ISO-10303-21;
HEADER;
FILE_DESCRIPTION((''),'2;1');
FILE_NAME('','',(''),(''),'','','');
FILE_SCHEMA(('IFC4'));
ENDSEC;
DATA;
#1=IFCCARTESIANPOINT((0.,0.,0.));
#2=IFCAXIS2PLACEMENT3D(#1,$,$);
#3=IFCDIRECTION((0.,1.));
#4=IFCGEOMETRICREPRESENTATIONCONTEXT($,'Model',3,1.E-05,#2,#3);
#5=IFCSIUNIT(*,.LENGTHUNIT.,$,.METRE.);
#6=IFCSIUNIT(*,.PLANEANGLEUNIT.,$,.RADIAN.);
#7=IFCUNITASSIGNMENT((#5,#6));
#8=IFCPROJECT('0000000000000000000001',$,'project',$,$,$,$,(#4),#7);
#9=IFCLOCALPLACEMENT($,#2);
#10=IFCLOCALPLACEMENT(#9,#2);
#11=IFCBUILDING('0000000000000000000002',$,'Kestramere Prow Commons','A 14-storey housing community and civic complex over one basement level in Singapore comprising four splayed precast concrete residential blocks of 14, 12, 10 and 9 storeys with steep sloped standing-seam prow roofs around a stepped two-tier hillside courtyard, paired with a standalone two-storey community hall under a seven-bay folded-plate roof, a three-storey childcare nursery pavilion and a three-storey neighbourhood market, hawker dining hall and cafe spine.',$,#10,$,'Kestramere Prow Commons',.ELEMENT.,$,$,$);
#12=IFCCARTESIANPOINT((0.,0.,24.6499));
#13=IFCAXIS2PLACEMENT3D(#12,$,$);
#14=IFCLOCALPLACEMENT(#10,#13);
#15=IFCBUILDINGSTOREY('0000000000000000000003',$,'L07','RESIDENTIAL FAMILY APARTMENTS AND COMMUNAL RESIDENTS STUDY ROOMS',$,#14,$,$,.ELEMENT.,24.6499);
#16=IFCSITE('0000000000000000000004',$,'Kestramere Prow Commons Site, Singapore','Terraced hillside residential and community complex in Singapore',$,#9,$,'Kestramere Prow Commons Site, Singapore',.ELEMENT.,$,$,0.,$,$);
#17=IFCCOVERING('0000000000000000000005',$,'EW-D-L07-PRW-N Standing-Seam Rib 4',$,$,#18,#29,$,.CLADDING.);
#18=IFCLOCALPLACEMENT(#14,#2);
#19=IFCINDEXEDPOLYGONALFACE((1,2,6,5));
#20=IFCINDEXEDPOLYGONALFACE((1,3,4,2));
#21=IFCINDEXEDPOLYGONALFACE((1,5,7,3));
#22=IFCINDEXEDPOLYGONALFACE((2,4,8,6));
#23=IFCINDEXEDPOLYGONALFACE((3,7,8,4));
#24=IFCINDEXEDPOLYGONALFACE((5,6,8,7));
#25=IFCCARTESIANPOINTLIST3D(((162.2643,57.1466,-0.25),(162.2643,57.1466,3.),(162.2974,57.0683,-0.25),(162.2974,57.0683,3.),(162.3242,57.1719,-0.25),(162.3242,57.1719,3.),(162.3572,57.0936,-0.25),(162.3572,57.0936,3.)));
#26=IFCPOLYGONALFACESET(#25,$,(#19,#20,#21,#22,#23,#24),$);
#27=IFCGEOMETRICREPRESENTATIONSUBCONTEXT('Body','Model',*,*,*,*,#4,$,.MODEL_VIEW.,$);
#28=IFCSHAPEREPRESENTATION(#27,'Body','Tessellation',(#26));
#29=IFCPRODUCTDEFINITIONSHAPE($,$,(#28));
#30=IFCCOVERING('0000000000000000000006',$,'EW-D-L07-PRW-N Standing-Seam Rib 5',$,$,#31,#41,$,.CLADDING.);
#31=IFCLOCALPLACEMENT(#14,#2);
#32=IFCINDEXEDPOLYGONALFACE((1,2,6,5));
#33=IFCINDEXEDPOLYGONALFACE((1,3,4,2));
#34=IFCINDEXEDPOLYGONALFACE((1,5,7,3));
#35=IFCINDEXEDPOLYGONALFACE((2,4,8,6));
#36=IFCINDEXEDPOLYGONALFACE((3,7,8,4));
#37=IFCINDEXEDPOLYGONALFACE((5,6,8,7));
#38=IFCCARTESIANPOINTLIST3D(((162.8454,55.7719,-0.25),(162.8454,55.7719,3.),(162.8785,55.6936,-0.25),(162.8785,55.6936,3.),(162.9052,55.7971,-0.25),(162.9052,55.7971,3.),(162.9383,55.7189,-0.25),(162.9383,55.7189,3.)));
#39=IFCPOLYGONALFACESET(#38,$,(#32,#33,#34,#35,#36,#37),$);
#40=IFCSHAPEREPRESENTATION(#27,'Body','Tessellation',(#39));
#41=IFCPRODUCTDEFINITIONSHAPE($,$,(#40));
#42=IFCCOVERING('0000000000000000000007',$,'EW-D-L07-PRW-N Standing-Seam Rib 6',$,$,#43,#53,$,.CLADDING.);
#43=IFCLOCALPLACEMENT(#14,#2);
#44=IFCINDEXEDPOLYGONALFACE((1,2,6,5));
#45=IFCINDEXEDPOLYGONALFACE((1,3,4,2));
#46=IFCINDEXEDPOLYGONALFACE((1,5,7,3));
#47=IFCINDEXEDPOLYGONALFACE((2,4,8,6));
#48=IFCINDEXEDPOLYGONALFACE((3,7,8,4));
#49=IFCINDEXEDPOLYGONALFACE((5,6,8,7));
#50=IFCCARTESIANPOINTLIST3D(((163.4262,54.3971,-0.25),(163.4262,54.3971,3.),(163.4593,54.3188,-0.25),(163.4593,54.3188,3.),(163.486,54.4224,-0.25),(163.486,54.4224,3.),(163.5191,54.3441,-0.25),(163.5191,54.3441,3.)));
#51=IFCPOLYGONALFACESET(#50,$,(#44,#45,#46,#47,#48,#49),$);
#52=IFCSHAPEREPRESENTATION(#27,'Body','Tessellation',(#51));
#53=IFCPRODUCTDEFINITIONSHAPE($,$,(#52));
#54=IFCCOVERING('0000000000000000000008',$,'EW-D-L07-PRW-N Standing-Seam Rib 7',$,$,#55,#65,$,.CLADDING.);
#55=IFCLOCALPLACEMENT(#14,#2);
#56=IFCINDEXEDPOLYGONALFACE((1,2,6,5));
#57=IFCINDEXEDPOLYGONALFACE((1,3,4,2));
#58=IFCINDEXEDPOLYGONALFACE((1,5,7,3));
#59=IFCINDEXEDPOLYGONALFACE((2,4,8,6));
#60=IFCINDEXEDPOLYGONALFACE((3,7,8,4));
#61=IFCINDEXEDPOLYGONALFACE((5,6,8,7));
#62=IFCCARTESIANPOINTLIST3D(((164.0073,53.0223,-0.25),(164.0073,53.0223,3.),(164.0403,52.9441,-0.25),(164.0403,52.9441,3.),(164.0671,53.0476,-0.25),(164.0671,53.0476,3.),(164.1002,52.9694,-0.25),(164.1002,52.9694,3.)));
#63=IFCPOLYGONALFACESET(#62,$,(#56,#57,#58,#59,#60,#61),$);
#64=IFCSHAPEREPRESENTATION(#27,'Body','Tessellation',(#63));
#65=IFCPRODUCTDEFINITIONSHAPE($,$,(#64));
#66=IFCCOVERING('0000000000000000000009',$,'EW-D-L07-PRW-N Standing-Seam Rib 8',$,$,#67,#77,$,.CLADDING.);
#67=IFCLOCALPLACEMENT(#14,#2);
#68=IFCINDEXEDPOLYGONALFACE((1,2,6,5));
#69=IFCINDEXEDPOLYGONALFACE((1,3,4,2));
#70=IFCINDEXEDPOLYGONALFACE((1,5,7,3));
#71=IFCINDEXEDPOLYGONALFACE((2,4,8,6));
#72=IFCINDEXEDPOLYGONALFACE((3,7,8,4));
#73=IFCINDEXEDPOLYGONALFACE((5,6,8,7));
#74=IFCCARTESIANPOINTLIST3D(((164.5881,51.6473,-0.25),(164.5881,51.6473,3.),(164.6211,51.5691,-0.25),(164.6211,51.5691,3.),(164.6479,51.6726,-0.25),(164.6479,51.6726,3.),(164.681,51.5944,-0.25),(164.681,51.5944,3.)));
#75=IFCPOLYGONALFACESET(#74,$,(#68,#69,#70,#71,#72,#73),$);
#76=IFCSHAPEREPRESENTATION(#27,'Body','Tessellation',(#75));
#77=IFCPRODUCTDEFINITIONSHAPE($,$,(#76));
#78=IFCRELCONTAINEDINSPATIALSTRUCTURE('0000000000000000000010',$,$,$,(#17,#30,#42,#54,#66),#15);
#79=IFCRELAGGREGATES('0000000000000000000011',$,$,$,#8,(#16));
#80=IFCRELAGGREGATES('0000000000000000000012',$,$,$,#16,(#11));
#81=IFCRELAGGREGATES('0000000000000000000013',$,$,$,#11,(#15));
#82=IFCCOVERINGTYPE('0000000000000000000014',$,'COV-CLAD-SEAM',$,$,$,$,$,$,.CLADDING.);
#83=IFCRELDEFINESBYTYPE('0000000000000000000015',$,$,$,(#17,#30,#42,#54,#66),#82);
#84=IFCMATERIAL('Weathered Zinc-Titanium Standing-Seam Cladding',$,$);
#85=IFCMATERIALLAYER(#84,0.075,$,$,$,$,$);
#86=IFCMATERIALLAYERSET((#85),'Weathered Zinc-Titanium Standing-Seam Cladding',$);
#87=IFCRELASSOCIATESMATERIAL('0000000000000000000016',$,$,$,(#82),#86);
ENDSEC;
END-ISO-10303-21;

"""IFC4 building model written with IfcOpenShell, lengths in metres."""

from ifc_helpers import new_model, si_unit, direction, frame, origin, origin_2d, place, context, subcontext, project, spatial, rectangle, extrude, material, layer, layer_set, type_object, element, save


model = new_model("IFC4")

# Units and contexts
model_context = context("Model", 3, precision=1e-05, world=origin(), true_north=direction((0.0, 1.0)))
body_context = subcontext(model_context, "Body", "Model", "MODEL_VIEW")
ifc_project = project(units=[si_unit("LENGTHUNIT", "METRE"), si_unit("PLANEANGLEUNIT", "RADIAN")], contexts=[model_context])

# Site, building, storey
site_placement = place(None, origin())
site = spatial("IfcSite", under=ifc_project, at=site_placement, Name="Kestramere Prow Commons Site, Singapore", Description="Terraced hillside residential and community complex in Singapore", LongName="Kestramere Prow Commons Site, Singapore", CompositionType="ELEMENT", RefElevation=0.0)
building_placement = place(site_placement, origin())
building = spatial("IfcBuilding", under=site, at=building_placement, Name="Kestramere Prow Commons", Description="A 14-storey housing community and civic complex over one basement level in Singapore comprising four splayed precast concrete residential blocks of 14, 12, 10 and 9 storeys with steep sloped standing-seam prow roofs around a stepped two-tier hillside courtyard, paired with a standalone two-storey community hall under a seven-bay folded-plate roof, a three-storey childcare nursery pavilion and a three-storey neighbourhood market, hawker dining hall and cafe spine.", LongName="Kestramere Prow Commons", CompositionType="ELEMENT")
storey_placement = place(building_placement, frame((0.0, 0.0, 24.6499)))
storey = spatial("IfcBuildingStorey", under=building, at=storey_placement, Name="L07", Description="RESIDENTIAL FAMILY APARTMENTS AND COMMUNAL RESIDENTS STUDY ROOMS", CompositionType="ELEMENT", Elevation=24.6499)

# Shared definitions
ifc_material_1 = material(Name="Weathered Zinc-Titanium Standing-Seam Cladding")

# Coverings
ifc_layer_1 = layer(ifc_material_1, 0.075)
ifc_layer_set_1 = layer_set([ifc_layer_1], Name="Weathered Zinc-Titanium Standing-Seam Cladding")
covering_type = type_object("IfcCoveringType", Name="COV-CLAD-SEAM", PredefinedType="CLADDING", material=ifc_layer_set_1)
for number, where, z_axis, x_axis, name in (
    (1, (162.3108, 57.1201, -0.25), (0.0, 0.0, 1.0), (0.38922, -0.921145, 0.0), "EW-D-L07-PRW-N Standing-Seam Rib 4"),
    (2, (162.8918, 55.7454, -0.25), (0.0, 0.0, 1.0), (0.38922, -0.921145, 0.0), "EW-D-L07-PRW-N Standing-Seam Rib 5"),
    (3, (163.4727, 54.3706, -0.25), (0.0, 0.0, 1.0), (0.38922, -0.921145, 0.0), "EW-D-L07-PRW-N Standing-Seam Rib 6"),
    (4, (164.0537, 52.9958, -0.25), (0.0, 0.0, 1.0), (0.38922, -0.921145, 0.0), "EW-D-L07-PRW-N Standing-Seam Rib 7"),
    (5, (164.6345, 51.6208, -0.25), (0.0, 0.0, 1.0), (0.38922, -0.921145, 0.0), "EW-D-L07-PRW-N Standing-Seam Rib 8"),
):
    element("IfcCovering", number, at=place(storey_placement, frame(where, z_axis=z_axis, x_axis=x_axis)), inside=storey, type_object=covering_type, Name=name, PredefinedType="CLADDING", context=body_context, shape_type="SweptSolid", body=[
        extrude(rectangle(XDim=0.085, YDim=0.0649, at=origin_2d()), origin(), (0.0, 0.0, 1.0), 3.25),
    ])

save(model, "model.ifc")
